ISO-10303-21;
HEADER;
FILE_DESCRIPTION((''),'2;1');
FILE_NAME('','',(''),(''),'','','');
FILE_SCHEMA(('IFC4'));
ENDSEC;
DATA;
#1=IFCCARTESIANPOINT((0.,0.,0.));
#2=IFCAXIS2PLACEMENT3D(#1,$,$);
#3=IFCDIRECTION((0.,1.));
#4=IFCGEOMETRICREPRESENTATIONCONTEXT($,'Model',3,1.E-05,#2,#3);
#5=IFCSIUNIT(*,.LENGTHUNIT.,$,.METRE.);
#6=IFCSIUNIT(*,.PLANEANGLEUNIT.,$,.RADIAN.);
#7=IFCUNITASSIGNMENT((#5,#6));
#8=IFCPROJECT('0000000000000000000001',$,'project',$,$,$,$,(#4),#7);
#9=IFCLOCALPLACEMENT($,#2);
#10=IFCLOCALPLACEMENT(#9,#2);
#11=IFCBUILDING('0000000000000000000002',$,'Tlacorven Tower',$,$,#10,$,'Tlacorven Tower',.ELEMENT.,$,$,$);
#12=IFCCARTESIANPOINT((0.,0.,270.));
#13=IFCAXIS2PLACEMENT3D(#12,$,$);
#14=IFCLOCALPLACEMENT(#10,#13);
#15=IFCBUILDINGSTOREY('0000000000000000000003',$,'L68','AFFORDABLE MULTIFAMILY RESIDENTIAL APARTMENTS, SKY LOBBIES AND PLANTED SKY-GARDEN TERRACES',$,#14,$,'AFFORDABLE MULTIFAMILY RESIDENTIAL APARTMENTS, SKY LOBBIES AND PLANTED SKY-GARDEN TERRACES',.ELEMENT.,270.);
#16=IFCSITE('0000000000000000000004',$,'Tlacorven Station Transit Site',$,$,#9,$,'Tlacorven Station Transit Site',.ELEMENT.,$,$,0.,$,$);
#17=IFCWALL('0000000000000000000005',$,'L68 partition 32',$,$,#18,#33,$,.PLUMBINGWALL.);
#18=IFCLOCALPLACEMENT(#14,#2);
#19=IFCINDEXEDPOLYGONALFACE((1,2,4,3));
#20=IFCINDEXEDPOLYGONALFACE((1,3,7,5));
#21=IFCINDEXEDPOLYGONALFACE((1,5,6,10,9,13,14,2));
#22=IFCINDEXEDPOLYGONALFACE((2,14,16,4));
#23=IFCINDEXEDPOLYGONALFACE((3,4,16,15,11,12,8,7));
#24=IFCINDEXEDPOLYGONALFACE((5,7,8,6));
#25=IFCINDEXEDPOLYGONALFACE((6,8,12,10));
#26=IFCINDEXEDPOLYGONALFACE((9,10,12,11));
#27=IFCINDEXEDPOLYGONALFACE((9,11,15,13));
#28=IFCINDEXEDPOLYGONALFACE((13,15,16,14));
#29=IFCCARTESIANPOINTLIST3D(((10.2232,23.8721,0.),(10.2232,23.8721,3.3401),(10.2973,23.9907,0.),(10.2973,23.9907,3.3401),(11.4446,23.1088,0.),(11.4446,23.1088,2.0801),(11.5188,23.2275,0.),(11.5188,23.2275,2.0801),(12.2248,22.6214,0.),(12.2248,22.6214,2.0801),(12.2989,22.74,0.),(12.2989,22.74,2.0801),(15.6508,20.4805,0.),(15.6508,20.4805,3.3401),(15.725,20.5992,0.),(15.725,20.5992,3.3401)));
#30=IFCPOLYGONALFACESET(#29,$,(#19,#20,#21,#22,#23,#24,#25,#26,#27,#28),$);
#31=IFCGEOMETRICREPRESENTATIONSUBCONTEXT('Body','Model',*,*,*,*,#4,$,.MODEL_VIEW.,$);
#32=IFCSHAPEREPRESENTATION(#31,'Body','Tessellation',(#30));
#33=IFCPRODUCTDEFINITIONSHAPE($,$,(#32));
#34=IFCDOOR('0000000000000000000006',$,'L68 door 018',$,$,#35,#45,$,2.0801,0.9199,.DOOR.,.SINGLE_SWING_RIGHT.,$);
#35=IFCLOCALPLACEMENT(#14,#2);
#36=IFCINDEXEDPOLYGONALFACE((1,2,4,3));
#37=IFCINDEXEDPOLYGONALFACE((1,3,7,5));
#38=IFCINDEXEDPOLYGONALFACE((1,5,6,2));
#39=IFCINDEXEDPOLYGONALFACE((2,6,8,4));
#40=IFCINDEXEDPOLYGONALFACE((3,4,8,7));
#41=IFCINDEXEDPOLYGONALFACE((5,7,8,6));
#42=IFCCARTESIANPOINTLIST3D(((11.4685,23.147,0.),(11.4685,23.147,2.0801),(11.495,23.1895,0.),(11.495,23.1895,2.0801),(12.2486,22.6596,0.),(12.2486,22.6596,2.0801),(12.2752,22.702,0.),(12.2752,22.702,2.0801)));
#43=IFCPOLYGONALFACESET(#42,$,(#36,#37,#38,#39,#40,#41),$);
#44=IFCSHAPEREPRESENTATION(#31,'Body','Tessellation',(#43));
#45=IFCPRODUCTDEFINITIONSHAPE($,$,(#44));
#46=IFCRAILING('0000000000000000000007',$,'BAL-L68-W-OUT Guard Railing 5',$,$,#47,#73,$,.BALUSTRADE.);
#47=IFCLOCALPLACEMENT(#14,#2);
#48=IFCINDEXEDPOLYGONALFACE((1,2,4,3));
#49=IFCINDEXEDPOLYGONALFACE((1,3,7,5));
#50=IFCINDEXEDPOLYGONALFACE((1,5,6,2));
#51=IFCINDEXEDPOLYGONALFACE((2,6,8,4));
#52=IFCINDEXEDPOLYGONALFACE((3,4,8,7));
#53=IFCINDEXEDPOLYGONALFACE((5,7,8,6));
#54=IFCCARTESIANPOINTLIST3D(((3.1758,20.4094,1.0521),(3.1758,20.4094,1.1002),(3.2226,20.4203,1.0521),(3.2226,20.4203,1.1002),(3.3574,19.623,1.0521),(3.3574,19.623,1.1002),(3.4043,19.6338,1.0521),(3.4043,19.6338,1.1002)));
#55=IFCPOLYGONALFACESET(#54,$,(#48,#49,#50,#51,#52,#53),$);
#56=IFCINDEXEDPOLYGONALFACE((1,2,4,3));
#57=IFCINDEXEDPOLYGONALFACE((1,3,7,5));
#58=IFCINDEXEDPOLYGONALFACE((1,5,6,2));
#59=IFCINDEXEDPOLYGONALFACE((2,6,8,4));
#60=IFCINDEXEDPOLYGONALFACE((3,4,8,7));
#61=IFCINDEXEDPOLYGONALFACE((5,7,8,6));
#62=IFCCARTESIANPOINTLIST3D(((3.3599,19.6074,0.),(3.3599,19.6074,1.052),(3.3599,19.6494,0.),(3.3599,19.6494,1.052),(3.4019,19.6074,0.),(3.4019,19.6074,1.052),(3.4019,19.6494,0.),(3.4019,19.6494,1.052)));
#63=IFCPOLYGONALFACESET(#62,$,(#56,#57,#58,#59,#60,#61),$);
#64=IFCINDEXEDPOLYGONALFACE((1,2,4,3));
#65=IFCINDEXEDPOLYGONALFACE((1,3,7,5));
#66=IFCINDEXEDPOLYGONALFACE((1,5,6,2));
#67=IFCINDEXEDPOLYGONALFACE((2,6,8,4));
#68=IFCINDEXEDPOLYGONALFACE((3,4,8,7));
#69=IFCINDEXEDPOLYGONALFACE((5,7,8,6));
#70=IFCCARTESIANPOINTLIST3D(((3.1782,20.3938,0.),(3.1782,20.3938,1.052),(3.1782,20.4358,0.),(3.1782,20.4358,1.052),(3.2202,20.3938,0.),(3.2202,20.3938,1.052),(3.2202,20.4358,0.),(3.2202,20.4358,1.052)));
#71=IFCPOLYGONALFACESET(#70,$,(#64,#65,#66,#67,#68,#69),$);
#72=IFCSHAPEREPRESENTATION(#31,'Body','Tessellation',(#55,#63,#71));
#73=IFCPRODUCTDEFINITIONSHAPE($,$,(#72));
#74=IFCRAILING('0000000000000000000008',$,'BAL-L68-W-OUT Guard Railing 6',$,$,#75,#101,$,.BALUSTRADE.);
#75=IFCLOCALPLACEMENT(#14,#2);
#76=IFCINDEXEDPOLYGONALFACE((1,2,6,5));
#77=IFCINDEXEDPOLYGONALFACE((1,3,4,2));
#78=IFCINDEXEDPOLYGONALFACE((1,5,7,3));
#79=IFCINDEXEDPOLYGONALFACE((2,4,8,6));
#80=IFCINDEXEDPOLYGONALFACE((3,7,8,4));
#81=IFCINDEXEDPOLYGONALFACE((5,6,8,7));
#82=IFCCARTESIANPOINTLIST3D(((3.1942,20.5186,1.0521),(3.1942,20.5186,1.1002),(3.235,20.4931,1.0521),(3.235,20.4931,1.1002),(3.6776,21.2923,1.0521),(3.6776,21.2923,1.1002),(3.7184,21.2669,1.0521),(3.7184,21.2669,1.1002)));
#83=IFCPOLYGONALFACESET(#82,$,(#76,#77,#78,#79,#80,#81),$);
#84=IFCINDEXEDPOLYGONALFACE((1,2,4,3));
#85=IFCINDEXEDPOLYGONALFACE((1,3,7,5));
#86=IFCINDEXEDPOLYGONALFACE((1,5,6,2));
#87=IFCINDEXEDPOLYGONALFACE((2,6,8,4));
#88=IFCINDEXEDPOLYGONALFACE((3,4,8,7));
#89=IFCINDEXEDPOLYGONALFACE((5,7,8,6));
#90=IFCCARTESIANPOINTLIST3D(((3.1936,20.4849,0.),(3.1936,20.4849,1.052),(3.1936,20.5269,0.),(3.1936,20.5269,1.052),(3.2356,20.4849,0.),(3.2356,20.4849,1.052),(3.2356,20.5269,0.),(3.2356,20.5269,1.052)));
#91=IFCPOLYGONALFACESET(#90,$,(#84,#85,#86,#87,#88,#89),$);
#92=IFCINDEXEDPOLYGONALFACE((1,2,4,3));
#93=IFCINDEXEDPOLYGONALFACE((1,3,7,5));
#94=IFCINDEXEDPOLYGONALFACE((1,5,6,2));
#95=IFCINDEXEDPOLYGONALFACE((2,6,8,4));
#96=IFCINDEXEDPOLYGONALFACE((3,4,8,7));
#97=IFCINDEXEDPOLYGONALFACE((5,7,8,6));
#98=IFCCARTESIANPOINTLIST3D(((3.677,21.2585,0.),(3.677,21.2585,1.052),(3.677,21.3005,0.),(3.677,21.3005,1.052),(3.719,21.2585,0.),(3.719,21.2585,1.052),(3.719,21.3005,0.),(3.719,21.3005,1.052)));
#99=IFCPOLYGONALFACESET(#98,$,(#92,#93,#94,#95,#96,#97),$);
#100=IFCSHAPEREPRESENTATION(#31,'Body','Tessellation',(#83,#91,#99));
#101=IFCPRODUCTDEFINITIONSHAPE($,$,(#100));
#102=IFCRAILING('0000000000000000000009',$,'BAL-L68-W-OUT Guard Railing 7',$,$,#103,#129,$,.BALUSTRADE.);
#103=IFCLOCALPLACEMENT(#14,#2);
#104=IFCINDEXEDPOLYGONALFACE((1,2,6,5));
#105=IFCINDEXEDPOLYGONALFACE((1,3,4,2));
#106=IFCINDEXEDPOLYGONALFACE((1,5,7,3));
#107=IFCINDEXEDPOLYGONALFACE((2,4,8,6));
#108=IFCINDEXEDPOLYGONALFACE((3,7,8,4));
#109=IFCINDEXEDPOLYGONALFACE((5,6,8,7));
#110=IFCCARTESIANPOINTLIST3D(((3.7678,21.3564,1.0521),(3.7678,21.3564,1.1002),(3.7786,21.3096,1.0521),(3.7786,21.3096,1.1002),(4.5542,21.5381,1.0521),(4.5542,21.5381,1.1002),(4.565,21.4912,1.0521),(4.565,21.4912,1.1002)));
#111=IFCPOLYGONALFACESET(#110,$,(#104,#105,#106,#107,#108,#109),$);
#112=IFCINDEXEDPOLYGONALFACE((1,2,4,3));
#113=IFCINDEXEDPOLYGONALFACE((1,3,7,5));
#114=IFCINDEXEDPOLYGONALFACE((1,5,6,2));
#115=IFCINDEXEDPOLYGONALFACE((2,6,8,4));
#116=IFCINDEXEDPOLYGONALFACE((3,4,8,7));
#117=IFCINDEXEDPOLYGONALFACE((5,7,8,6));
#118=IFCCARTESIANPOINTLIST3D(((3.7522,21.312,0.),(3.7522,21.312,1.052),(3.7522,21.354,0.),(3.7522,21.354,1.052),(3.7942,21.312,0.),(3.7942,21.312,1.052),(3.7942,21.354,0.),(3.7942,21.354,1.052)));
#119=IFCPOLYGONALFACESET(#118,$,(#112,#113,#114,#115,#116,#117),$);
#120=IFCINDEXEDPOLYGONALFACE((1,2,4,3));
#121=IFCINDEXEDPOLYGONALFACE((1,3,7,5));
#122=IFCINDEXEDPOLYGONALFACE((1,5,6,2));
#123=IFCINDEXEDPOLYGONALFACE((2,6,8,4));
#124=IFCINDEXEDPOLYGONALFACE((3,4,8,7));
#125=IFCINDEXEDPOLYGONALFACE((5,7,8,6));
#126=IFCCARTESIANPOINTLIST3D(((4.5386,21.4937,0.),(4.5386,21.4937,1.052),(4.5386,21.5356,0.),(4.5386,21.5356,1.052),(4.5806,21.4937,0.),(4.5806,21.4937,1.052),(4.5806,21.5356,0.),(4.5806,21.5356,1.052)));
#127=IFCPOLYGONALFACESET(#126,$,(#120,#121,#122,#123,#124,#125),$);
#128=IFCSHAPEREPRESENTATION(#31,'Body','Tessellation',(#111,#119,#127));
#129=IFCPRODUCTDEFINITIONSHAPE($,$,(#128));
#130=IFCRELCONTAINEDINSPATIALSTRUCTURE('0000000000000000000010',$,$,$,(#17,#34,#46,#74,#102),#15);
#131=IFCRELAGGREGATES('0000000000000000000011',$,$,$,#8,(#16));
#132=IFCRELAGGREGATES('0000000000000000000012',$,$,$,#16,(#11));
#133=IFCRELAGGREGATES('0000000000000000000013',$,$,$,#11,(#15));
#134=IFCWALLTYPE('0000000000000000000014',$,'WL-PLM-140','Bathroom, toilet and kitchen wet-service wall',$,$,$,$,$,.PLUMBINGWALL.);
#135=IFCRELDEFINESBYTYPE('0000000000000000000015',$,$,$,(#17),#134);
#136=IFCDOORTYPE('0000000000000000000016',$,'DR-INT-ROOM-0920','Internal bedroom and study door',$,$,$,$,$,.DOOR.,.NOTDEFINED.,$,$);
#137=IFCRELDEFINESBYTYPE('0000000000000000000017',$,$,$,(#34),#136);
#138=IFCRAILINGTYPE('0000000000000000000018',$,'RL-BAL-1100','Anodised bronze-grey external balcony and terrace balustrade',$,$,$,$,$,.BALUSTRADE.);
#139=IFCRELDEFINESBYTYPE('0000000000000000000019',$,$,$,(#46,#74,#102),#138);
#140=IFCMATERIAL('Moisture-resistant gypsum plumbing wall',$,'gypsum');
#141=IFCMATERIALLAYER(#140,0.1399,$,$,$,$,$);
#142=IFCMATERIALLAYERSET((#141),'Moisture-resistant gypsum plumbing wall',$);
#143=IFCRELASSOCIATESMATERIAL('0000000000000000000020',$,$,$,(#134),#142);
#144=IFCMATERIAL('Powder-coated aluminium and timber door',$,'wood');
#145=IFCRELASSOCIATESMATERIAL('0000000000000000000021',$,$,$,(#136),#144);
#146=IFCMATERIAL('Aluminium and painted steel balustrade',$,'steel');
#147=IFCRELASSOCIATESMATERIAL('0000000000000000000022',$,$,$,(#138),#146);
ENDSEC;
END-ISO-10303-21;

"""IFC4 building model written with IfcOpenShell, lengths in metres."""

from ifc_helpers import new_model, si_unit, direction, frame, frame_2d, origin, origin_2d, place, context, subcontext, project, spatial, rectangle, extrude, source, transform, mapped, material, layer, layer_set, type_object, element, fill, save


model = new_model("IFC4")

# Units and contexts
model_context = context("Model", 3, precision=1e-05, world=origin(), true_north=direction((0.0, 1.0)))
body_context = subcontext(model_context, "Body", "Model", "MODEL_VIEW")
ifc_project = project(units=[si_unit("LENGTHUNIT", "METRE"), si_unit("PLANEANGLEUNIT", "RADIAN")], contexts=[model_context])

# Site, building, storey
site_placement = place(None, origin())
site = spatial("IfcSite", under=ifc_project, at=site_placement, Name="Tlacorven Station Transit Site", LongName="Tlacorven Station Transit Site", CompositionType="ELEMENT", RefElevation=0.0)
building_placement = place(site_placement, origin())
building = spatial("IfcBuilding", under=site, at=building_placement, Name="Tlacorven Tower", LongName="Tlacorven Tower", CompositionType="ELEMENT")
storey_placement = place(building_placement, frame((0.0, 0.0, 270.0)))
storey = spatial("IfcBuildingStorey", under=building, at=storey_placement, Name="L68", Description="AFFORDABLE MULTIFAMILY RESIDENTIAL APARTMENTS, SKY LOBBIES AND PLANTED SKY-GARDEN TERRACES", LongName="AFFORDABLE MULTIFAMILY RESIDENTIAL APARTMENTS, SKY LOBBIES AND PLANTED SKY-GARDEN TERRACES", CompositionType="ELEMENT", Elevation=270.0)

# Wall, opening, door
ifc_material_1 = material(Name="Moisture-resistant gypsum plumbing wall", Category="gypsum")
ifc_layer_1 = layer(ifc_material_1, 0.1399)
ifc_layer_set_1 = layer_set([ifc_layer_1], Name="Moisture-resistant gypsum plumbing wall")
wall_type_1 = type_object("IfcWallType", Name="WL-PLM-140", Description="Bathroom, toilet and kitchen wet-service wall", PredefinedType="PLUMBINGWALL", material=ifc_layer_set_1)
wall_1_placement = place(storey_placement, frame((15.688, 20.5398, 0.0), z_axis=(0.0, 0.0, 1.0), x_axis=(-0.84805, 0.529917, 0.0)))
wall_1 = element("IfcWall", 1, at=wall_1_placement, inside=storey, type_object=wall_type_1, Name="L68 partition 32", PredefinedType="PLUMBINGWALL", context=body_context, shape_type="SweptSolid", body=[
    extrude(rectangle(XDim=6.4001, YDim=0.1399, at=frame_2d((3.2002, 0.0))), origin(), (0.0, 0.0, 1.0), 3.3401),
])
opening_1_placement = place(wall_1_placement, frame((4.04, 0.0, 0.0)))
opening_1 = element("IfcOpeningElement", 2, at=opening_1_placement, cuts=wall_1, PredefinedType="OPENING", context=body_context, shape_type="SweptSolid", body=[
    extrude(rectangle(XDim=0.9199, YDim=2.0801, at=frame_2d((0.46, 1.04))), frame((0.0, 0.0801, 0.0), z_axis=(0.0, -1.0, 0.0), x_axis=(1.0, 0.0, 0.0)), (0.0, 0.0, 1.0), 0.1599),
])
ifc_material_2 = material(Name="Powder-coated aluminium and timber door", Category="wood")
door_type = type_object("IfcDoorType", Name="DR-INT-ROOM-0920", Description="Internal bedroom and study door", OperationType="NOTDEFINED", PredefinedType="DOOR", material=ifc_material_2)
shared_shape_1 = source(origin(), body_context, "Body", "SweptSolid", [
    extrude(rectangle(XDim=0.9199, YDim=2.0801, at=frame_2d((0.46, 1.04))), frame((0.0, 0.0249, 0.0), z_axis=(0.0, -1.0, 0.0), x_axis=(1.0, 0.0, 0.0)), (0.0, 0.0, 1.0), 0.05),
])
door_placement = place(opening_1_placement, origin())
door = element("IfcDoor", 3, at=door_placement, inside=storey, type_object=door_type, Name="L68 door 018", OperationType="SINGLE_SWING_RIGHT", OverallHeight=2.0801, OverallWidth=0.9199, PredefinedType="DOOR", context=body_context, shape_type="MappedRepresentation", body=[
    mapped(shared_shape_1, transform((0.0, 0.0, 0.0), scale=1.0)),
])
fill(opening_1, door)

# Railings
ifc_material_3 = material(Name="Aluminium and painted steel balustrade", Category="steel")
railing_type = type_object("IfcRailingType", Name="RL-BAL-1100", Description="Anodised bronze-grey external balcony and terrace balustrade", PredefinedType="BALUSTRADE", material=ifc_material_3)
shared_shape_2 = source(origin(), body_context, "Body", "SweptSolid", [
    extrude(rectangle(XDim=0.0481, YDim=0.0481, at=origin_2d()), frame((0.0, 0.0, 1.0762), z_axis=(-0.225058, 0.974345, 0.0), x_axis=(-0.974345, -0.225058, 0.0)), (0.0, 0.0, 1.0), 0.8071),
    extrude(rectangle(XDim=0.042, YDim=0.042, at=origin_2d()), origin(), (0.0, 0.0, 1.0), 1.052),
    extrude(rectangle(XDim=0.042, YDim=0.042, at=origin_2d()), frame((-0.1816, 0.7864, 0.0)), (0.0, 0.0, 1.0), 1.052),
])
railing_1_placement = place(storey_placement, frame((3.3809, 19.6284, 0.0)))
element("IfcRailing", 4, at=railing_1_placement, inside=storey, type_object=railing_type, Name="BAL-L68-W-OUT Guard Railing 5", PredefinedType="BALUSTRADE", context=body_context, shape_type="MappedRepresentation", body=[
    mapped(shared_shape_2, transform((0.0, 0.0, 0.0), scale=1.0)),
])
shared_shape_3 = source(origin(), body_context, "Body", "SweptSolid", [
    extrude(rectangle(XDim=0.0481, YDim=0.0481, at=origin_2d()), frame((0.0, 0.0, 1.0762), z_axis=(0.529879, 0.848073, 0.0), x_axis=(-0.848073, 0.529879, 0.0)), (0.0, 0.0, 1.0), 0.9124),
    extrude(rectangle(XDim=0.042, YDim=0.042, at=origin_2d()), origin(), (0.0, 0.0, 1.0), 1.052),
    extrude(rectangle(XDim=0.042, YDim=0.042, at=origin_2d()), frame((0.4834, 0.7737, 0.0)), (0.0, 0.0, 1.0), 1.052),
])
railing_2_placement = place(storey_placement, frame((3.2146, 20.5059, 0.0)))
element("IfcRailing", 5, at=railing_2_placement, inside=storey, type_object=railing_type, Name="BAL-L68-W-OUT Guard Railing 6", PredefinedType="BALUSTRADE", context=body_context, shape_type="MappedRepresentation", body=[
    mapped(shared_shape_3, transform((0.0, 0.0, 0.0), scale=1.0)),
])
shared_shape_4 = source(origin(), body_context, "Body", "SweptSolid", [
    extrude(rectangle(XDim=0.0481, YDim=0.0481, at=origin_2d()), frame((0.0, 0.0, 1.0762), z_axis=(0.974345, 0.225058, 0.0), x_axis=(-0.225058, 0.974345, 0.0)), (0.0, 0.0, 1.0), 0.8071),
    extrude(rectangle(XDim=0.042, YDim=0.042, at=origin_2d()), origin(), (0.0, 0.0, 1.0), 1.052),
    extrude(rectangle(XDim=0.042, YDim=0.042, at=origin_2d()), frame((0.7864, 0.1816, 0.0)), (0.0, 0.0, 1.0), 1.052),
])
railing_3_placement = place(storey_placement, frame((3.7732, 21.333, 0.0)))
element("IfcRailing", 6, at=railing_3_placement, inside=storey, type_object=railing_type, Name="BAL-L68-W-OUT Guard Railing 7", PredefinedType="BALUSTRADE", context=body_context, shape_type="MappedRepresentation", body=[
    mapped(shared_shape_4, transform((0.0, 0.0, 0.0), scale=1.0)),
])

save(model, "model.ifc")
